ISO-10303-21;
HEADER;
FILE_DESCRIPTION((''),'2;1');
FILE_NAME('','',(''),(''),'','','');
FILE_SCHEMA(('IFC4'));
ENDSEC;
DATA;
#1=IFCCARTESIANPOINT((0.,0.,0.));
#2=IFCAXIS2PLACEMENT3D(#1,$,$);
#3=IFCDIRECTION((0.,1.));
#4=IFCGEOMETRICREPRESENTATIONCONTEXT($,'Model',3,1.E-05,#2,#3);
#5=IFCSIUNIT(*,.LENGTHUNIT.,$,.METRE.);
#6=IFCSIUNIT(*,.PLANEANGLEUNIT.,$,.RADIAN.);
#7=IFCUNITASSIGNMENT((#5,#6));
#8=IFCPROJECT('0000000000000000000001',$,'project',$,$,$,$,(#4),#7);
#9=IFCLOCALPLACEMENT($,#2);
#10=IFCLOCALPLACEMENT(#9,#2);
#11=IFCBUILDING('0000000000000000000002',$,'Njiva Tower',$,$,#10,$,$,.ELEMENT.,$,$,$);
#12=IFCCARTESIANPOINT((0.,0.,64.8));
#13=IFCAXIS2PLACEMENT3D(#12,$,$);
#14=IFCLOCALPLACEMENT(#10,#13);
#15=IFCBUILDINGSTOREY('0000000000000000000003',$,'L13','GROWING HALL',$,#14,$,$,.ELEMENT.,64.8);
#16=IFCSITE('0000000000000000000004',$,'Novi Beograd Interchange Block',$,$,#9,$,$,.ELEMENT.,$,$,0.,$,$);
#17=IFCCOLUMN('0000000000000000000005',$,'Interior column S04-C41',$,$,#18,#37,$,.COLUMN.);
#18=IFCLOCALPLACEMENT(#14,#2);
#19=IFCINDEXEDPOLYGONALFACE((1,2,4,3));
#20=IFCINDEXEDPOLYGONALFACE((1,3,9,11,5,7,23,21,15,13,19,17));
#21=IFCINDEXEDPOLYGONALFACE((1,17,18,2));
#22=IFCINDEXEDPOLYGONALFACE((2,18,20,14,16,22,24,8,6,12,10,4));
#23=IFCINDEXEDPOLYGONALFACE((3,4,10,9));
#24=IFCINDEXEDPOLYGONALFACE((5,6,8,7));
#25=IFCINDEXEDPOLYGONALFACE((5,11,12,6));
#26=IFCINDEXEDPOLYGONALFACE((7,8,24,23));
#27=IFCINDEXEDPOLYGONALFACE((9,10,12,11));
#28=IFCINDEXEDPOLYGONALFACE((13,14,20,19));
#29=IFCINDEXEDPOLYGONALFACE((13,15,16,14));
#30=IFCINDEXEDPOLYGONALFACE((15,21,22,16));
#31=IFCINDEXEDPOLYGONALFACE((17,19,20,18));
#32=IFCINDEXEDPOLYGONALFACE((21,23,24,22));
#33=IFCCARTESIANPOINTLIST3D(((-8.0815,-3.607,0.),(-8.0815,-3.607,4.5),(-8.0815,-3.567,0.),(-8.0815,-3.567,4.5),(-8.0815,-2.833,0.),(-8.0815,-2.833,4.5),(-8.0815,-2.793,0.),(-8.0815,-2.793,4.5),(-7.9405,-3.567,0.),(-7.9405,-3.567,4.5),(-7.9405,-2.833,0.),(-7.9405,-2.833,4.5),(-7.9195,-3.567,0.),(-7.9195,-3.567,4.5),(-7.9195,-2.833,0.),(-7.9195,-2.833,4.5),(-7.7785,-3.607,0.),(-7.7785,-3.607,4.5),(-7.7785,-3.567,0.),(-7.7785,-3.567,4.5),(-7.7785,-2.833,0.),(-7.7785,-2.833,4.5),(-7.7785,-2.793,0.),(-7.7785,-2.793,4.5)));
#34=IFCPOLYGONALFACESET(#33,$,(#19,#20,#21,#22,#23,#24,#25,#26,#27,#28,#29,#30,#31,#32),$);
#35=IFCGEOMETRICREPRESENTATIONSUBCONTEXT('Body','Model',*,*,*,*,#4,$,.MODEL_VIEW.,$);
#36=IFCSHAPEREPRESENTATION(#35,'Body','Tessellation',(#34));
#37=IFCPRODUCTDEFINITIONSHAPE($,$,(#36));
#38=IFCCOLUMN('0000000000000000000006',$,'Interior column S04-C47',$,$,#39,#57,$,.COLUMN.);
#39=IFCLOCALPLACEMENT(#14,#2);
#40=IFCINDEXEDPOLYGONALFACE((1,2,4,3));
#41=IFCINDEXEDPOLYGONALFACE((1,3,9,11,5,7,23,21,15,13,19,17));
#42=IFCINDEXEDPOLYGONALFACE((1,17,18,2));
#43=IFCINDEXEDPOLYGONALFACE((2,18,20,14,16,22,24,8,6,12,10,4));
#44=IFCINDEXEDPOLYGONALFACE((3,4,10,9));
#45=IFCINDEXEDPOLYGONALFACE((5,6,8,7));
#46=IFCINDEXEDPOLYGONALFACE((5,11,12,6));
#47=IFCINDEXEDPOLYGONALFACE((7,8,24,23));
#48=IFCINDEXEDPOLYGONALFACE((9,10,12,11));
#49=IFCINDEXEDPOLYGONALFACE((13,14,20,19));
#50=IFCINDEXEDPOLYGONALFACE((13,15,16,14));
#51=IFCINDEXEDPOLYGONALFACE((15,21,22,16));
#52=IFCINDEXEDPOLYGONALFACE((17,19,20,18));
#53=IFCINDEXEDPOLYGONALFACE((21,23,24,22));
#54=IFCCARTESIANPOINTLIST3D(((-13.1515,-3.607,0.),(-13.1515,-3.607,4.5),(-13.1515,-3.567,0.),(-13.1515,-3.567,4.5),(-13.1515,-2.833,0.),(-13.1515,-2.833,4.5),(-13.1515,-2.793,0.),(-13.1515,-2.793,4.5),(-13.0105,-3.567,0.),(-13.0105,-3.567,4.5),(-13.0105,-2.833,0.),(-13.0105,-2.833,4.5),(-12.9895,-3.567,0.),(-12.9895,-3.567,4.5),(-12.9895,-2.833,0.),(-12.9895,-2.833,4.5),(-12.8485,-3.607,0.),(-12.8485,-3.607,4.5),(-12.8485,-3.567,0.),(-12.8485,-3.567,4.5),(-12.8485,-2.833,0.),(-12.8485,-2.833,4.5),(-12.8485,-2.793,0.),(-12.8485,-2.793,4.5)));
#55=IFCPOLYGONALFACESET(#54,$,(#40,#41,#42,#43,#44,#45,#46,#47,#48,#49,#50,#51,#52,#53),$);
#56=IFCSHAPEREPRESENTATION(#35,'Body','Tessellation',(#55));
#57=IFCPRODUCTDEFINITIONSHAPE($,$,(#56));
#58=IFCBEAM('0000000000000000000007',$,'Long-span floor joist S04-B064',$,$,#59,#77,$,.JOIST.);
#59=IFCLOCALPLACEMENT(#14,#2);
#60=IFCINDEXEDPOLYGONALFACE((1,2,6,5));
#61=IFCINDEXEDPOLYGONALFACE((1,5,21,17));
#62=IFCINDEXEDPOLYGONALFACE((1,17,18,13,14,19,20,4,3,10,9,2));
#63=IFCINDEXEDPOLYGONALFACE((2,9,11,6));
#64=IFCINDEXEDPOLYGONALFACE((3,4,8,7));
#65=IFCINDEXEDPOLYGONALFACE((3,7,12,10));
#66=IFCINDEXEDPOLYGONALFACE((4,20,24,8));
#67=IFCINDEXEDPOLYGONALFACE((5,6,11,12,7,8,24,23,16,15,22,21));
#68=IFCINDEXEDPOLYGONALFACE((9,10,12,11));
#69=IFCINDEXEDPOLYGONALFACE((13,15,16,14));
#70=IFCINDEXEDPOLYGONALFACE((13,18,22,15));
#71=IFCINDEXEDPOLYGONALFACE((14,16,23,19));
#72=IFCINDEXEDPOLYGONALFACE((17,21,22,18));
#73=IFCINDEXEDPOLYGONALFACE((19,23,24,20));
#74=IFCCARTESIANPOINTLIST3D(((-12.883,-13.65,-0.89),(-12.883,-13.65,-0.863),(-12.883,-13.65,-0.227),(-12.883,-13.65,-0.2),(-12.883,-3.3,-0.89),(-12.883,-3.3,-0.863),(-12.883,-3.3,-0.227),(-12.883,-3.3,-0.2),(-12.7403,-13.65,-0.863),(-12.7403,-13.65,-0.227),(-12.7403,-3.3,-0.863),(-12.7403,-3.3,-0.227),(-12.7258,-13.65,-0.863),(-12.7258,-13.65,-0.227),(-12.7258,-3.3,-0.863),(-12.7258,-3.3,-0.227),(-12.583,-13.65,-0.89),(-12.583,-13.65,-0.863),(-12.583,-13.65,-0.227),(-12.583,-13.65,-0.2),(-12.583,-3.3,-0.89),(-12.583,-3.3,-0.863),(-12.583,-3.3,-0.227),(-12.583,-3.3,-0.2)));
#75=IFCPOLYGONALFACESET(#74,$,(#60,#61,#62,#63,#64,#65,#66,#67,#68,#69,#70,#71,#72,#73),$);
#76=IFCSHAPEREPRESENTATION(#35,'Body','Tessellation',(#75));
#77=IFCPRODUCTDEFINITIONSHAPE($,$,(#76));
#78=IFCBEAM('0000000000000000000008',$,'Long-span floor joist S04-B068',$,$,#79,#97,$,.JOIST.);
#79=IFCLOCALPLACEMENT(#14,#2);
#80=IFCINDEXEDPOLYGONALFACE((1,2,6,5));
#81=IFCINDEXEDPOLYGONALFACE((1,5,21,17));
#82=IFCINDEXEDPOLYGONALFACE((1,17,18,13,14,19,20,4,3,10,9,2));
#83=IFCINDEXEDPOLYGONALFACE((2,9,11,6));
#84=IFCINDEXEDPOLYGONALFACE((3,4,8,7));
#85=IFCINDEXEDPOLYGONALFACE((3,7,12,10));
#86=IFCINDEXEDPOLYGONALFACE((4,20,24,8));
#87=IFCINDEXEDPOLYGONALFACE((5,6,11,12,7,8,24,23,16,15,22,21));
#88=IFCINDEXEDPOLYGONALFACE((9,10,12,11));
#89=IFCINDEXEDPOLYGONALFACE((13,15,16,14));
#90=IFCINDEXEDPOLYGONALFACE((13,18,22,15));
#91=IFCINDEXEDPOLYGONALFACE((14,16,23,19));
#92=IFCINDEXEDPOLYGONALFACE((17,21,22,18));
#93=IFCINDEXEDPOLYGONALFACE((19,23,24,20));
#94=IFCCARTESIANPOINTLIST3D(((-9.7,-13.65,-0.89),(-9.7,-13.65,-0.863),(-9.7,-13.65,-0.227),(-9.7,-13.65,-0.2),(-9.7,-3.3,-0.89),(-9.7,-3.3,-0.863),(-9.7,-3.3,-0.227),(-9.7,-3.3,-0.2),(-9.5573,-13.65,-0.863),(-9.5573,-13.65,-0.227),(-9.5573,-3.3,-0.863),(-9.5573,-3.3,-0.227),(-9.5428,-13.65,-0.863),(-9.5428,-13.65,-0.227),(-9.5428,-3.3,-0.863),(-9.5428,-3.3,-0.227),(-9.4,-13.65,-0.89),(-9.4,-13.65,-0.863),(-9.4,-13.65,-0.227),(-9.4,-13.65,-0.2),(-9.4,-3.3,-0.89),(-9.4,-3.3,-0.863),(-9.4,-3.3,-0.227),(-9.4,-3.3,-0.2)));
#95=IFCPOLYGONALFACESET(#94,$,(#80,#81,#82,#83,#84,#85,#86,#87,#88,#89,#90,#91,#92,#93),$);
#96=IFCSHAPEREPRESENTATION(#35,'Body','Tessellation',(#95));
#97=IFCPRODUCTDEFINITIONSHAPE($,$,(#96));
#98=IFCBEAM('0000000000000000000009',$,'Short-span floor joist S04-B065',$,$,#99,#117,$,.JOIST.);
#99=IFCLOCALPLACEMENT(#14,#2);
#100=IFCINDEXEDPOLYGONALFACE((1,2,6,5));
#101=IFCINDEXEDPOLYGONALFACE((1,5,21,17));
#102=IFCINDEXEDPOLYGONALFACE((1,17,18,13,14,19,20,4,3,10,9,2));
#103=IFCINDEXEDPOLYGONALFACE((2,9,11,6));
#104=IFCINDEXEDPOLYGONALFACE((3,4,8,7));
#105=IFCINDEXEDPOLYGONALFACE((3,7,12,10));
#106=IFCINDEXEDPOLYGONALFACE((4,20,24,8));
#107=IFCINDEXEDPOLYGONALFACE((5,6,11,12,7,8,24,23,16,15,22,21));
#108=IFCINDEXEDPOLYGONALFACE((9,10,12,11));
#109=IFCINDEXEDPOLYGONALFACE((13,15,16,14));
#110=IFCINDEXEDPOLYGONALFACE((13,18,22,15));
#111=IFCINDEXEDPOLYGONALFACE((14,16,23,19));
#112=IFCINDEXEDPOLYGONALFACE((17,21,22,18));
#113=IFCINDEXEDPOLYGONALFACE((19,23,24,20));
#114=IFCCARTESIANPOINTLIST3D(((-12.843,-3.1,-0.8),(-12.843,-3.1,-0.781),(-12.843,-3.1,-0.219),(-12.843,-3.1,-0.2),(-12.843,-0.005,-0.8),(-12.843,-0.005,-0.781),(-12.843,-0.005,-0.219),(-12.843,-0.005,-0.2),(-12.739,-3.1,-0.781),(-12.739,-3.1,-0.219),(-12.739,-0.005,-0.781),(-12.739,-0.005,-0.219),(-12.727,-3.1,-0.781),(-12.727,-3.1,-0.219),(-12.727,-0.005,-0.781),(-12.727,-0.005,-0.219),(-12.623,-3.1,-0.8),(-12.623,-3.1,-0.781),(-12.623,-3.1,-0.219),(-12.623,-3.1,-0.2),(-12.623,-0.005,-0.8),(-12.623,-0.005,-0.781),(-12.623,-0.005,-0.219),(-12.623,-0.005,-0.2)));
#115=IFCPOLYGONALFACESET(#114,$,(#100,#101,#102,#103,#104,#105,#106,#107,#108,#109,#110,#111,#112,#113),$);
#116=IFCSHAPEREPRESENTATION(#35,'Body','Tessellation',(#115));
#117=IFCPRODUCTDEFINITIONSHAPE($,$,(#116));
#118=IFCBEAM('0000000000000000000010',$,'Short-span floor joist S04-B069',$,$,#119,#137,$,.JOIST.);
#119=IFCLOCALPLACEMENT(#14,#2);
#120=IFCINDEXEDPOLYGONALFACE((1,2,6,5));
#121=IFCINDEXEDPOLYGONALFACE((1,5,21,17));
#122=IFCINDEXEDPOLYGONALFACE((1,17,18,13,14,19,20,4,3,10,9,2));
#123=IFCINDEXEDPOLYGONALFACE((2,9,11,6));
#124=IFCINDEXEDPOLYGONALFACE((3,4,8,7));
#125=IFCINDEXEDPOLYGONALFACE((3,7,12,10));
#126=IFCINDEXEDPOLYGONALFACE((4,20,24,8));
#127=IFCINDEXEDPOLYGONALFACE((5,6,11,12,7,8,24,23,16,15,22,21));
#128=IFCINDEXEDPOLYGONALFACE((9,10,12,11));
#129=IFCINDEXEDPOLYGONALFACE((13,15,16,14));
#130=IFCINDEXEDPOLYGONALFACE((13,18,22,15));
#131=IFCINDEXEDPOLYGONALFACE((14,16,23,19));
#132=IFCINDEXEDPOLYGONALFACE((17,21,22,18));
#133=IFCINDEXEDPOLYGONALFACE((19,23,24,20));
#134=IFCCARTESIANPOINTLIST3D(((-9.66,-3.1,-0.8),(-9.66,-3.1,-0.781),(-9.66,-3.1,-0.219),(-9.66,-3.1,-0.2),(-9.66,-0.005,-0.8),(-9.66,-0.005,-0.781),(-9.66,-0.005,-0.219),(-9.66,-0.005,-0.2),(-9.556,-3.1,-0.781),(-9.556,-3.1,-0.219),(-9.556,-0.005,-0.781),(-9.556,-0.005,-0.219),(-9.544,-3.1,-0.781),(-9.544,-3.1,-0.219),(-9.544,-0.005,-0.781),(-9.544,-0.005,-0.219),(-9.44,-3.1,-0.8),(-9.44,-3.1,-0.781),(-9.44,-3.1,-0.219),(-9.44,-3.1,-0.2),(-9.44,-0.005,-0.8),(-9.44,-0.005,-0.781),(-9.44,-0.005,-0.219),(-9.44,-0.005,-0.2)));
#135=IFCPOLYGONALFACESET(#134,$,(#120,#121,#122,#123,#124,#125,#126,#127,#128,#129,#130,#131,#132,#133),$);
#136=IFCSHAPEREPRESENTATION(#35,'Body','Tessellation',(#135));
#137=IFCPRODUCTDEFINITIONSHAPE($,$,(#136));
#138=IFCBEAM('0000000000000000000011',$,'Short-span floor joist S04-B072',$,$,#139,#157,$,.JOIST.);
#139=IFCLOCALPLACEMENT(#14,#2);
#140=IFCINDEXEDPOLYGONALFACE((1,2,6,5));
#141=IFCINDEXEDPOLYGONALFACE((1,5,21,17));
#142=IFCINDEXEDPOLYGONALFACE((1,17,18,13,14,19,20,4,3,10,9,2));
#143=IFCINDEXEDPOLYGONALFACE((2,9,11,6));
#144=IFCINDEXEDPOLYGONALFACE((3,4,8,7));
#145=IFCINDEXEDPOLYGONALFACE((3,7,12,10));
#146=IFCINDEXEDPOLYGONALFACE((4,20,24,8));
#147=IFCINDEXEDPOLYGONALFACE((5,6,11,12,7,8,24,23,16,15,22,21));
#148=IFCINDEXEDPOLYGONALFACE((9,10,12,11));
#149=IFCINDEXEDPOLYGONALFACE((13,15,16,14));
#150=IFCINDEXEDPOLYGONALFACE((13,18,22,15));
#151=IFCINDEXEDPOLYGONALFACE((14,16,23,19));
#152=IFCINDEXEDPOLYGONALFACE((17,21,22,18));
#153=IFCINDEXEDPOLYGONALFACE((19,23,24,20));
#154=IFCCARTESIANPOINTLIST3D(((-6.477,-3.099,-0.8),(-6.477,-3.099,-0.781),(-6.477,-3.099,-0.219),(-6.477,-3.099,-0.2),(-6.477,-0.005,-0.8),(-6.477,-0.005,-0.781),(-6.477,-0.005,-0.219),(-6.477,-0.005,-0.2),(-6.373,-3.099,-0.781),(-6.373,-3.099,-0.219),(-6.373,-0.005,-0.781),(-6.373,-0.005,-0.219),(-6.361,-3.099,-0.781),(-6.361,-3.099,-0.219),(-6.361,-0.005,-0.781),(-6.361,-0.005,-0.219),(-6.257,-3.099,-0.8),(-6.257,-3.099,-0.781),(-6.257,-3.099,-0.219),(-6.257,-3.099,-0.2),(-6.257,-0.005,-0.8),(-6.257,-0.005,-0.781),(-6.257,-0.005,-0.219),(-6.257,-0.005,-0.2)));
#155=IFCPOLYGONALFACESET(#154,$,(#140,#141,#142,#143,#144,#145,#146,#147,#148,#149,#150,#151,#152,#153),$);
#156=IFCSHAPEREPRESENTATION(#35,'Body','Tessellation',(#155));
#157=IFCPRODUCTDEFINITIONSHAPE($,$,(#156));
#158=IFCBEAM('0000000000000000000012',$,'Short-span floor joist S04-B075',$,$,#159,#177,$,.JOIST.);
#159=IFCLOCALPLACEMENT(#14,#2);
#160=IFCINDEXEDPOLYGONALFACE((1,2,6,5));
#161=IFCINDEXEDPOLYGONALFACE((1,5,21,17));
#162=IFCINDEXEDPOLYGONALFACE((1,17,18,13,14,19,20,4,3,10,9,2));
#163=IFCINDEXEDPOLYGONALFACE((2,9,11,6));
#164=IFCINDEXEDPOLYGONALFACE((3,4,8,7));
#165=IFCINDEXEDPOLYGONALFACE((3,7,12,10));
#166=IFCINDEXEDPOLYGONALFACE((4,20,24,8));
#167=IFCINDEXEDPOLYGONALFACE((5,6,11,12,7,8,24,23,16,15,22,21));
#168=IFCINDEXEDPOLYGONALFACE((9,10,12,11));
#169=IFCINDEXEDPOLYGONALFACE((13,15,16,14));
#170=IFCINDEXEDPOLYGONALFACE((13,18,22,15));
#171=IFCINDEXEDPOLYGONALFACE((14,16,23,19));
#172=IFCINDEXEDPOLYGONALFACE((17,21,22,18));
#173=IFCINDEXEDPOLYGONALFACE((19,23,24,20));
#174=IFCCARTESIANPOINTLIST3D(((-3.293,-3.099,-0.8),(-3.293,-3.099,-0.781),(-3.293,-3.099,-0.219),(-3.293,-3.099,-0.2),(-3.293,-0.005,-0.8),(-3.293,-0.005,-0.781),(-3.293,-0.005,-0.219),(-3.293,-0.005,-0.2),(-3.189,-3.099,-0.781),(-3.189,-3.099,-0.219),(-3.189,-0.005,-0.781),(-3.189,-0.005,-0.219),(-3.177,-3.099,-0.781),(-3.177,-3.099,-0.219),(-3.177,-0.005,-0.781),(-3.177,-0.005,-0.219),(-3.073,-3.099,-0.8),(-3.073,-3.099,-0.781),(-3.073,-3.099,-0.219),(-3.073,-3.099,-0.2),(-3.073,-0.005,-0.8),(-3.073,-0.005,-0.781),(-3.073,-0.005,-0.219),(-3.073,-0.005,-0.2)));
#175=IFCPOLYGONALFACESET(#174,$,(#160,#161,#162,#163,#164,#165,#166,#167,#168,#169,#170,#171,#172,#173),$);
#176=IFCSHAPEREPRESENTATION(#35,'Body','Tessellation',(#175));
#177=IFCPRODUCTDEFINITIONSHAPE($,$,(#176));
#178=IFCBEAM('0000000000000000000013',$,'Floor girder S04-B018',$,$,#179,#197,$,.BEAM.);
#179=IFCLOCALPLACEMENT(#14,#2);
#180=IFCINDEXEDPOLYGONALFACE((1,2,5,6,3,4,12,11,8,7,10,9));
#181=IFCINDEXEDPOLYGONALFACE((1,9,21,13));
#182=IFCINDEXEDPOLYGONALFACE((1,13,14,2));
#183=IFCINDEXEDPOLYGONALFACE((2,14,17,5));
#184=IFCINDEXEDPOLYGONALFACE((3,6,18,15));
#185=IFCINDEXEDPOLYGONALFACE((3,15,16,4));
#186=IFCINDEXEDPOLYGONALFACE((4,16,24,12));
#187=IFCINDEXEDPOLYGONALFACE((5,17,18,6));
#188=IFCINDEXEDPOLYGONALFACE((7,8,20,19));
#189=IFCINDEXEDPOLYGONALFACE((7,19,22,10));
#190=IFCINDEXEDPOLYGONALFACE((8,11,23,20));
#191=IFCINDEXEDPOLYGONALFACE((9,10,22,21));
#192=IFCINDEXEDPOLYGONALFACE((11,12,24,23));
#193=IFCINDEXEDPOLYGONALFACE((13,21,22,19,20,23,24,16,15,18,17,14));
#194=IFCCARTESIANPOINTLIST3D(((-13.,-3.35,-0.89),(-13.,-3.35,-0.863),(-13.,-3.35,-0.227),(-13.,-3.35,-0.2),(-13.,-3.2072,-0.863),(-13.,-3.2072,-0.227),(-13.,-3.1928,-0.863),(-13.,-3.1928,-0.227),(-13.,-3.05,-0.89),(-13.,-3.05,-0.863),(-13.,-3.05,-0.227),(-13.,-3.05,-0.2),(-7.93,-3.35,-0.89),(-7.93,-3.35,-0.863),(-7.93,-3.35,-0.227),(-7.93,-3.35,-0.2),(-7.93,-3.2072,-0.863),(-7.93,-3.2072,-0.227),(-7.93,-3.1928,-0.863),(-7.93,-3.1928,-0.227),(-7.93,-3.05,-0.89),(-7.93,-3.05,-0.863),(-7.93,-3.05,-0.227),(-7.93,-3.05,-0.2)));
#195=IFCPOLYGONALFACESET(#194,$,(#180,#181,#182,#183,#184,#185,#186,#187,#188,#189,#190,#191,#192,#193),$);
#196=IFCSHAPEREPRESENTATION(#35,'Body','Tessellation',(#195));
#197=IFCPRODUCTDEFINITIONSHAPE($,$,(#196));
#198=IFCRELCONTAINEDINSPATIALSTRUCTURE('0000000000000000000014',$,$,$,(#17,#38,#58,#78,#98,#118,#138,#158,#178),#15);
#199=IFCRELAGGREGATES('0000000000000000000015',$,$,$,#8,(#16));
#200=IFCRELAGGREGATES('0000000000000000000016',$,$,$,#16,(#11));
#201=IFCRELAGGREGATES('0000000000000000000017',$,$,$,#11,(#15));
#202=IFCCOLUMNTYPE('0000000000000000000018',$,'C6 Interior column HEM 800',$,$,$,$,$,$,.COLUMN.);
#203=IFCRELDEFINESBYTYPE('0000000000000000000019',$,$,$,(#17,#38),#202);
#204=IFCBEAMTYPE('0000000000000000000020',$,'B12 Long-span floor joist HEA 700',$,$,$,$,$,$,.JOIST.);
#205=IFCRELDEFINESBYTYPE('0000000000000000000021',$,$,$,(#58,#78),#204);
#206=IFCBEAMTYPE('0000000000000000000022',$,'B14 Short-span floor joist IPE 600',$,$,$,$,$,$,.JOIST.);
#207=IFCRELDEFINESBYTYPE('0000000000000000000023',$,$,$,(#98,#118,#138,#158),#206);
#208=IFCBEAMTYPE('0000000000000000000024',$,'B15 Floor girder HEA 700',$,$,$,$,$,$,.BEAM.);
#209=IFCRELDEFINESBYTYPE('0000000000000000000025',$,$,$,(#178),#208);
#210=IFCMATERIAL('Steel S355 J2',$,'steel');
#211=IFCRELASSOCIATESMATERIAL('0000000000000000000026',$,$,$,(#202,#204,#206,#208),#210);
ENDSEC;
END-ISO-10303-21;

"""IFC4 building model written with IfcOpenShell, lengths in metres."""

from ifc_helpers import new_model, si_unit, direction, frame, origin, origin_2d, place, context, subcontext, project, spatial, i_section, extrude, material, material_profile, profile_set, type_object, element, save


model = new_model("IFC4")

# Units and contexts
model_context = context("Model", 3, precision=1e-05, world=origin(), true_north=direction((0.0, 1.0)))
body_context = subcontext(model_context, "Body", "Model", "MODEL_VIEW")
ifc_project = project(units=[si_unit("LENGTHUNIT", "METRE"), si_unit("PLANEANGLEUNIT", "RADIAN")], contexts=[model_context])

# Site, building, storey
site_placement = place(None, origin())
site = spatial("IfcSite", under=ifc_project, at=site_placement, Name="Novi Beograd Interchange Block", CompositionType="ELEMENT", RefElevation=0.0)
building_placement = place(site_placement, origin())
building = spatial("IfcBuilding", under=site, at=building_placement, Name="Njiva Tower", CompositionType="ELEMENT")
storey_placement = place(building_placement, frame((0.0, 0.0, 64.8)))
storey = spatial("IfcBuildingStorey", under=building, at=storey_placement, Name="L13", Description="GROWING HALL", CompositionType="ELEMENT", Elevation=64.8)

# Columns
ifc_material_1 = material(Name="Steel S355 J2", Category="steel")
ifc_material_profile_1 = material_profile(ifc_material_1, i_section(OverallWidth=0.303, OverallDepth=0.814, WebThickness=0.021, FlangeThickness=0.04, at=origin_2d()), Name="HEM 800")
ifc_profile_set_1 = profile_set([ifc_material_profile_1], Name="Steel S355 J2")
column_type = type_object("IfcColumnType", Name="C6 Interior column HEM 800", PredefinedType="COLUMN", material=ifc_profile_set_1)
for number, where, z_axis, x_axis, name in (
    (1, (-7.93, -3.2, 0.0), (0.0, 0.0, 1.0), (1.0, 0.0, 0.0), "Interior column S04-C41"),
    (2, (-13.0, -3.2, 0.0), (0.0, 0.0, 1.0), (1.0, 0.0, 0.0), "Interior column S04-C47"),
):
    element("IfcColumn", number, at=place(storey_placement, frame(where, z_axis=z_axis, x_axis=x_axis)), inside=storey, type_object=column_type, Name=name, PredefinedType="COLUMN", context=body_context, shape_type="SweptSolid", body=[
        extrude(i_section(OverallWidth=0.303, OverallDepth=0.814, WebThickness=0.021, FlangeThickness=0.04, at=origin_2d()), origin(), (0.0, 0.0, 1.0), 4.5),
    ])

# Beams
ifc_material_profile_2 = material_profile(ifc_material_1, i_section(OverallWidth=0.3, OverallDepth=0.69, WebThickness=0.0145, FlangeThickness=0.027, at=origin_2d()), Name="HEA 700")
ifc_profile_set_2 = profile_set([ifc_material_profile_2], Name="Steel S355 J2")
beam_type_1 = type_object("IfcBeamType", Name="B12 Long-span floor joist HEA 700", PredefinedType="JOIST", material=ifc_profile_set_2)
for number, where, z_axis, x_axis, name in (
    (3, (-12.733, -3.3, -0.545), (0.0, -1.0, 0.0), (1.0, 0.0, 0.0), "Long-span floor joist S04-B064"),
    (4, (-9.55, -3.3, -0.545), (0.0, -1.0, 0.0), (1.0, 0.0, 0.0), "Long-span floor joist S04-B068"),
):
    element("IfcBeam", number, at=place(storey_placement, frame(where, z_axis=z_axis, x_axis=x_axis)), inside=storey, type_object=beam_type_1, Name=name, PredefinedType="JOIST", context=body_context, shape_type="SweptSolid", body=[
        extrude(i_section(OverallWidth=0.3, OverallDepth=0.69, WebThickness=0.0145, FlangeThickness=0.027, at=origin_2d()), origin(), (0.0, 0.0, 1.0), 10.35),
    ])
ifc_material_profile_3 = material_profile(ifc_material_1, i_section(OverallWidth=0.22, OverallDepth=0.6, WebThickness=0.012, FlangeThickness=0.019, at=origin_2d()), Name="IPE 600")
ifc_profile_set_3 = profile_set([ifc_material_profile_3], Name="Steel S355 J2")
beam_type_2 = type_object("IfcBeamType", Name="B14 Short-span floor joist IPE 600", PredefinedType="JOIST", material=ifc_profile_set_3)
for number, where, z_axis, x_axis, name in (
    (5, (-12.733, -0.005, -0.5), (0.0, -1.0, 0.0), (1.0, 0.0, 0.0), "Short-span floor joist S04-B065"),
    (6, (-9.55, -0.005, -0.5), (0.0, -1.0, 0.0), (1.0, 0.0, 0.0), "Short-span floor joist S04-B069"),
):
    element("IfcBeam", number, at=place(storey_placement, frame(where, z_axis=z_axis, x_axis=x_axis)), inside=storey, type_object=beam_type_2, Name=name, PredefinedType="JOIST", context=body_context, shape_type="SweptSolid", body=[
        extrude(i_section(OverallWidth=0.22, OverallDepth=0.6, WebThickness=0.012, FlangeThickness=0.019, at=origin_2d()), origin(), (0.0, 0.0, 1.0), 3.095),
    ])
for number, where, z_axis, x_axis, name in (
    (7, (-6.367, -0.005, -0.5), (0.0, -1.0, 0.0), (1.0, 0.0, 0.0), "Short-span floor joist S04-B072"),
    (8, (-3.183, -0.005, -0.5), (0.0, -1.0, 0.0), (1.0, 0.0, 0.0), "Short-span floor joist S04-B075"),
):
    element("IfcBeam", number, at=place(storey_placement, frame(where, z_axis=z_axis, x_axis=x_axis)), inside=storey, type_object=beam_type_2, Name=name, PredefinedType="JOIST", context=body_context, shape_type="SweptSolid", body=[
        extrude(i_section(OverallWidth=0.22, OverallDepth=0.6, WebThickness=0.012, FlangeThickness=0.019, at=origin_2d()), origin(), (0.0, 0.0, 1.0), 3.094),
    ])
ifc_material_profile_4 = material_profile(ifc_material_1, i_section(OverallWidth=0.3, OverallDepth=0.69, WebThickness=0.0145, FlangeThickness=0.027, at=origin_2d()), Name="HEA 700")
ifc_profile_set_4 = profile_set([ifc_material_profile_4], Name="Steel S355 J2")
beam_type_3 = type_object("IfcBeamType", Name="B15 Floor girder HEA 700", PredefinedType="BEAM", material=ifc_profile_set_4)
beam_1_placement = place(storey_placement, frame((-13.0, -3.2, -0.545), z_axis=(1.0, 0.0, 0.0), x_axis=(0.0, 1.0, 0.0)))
element("IfcBeam", 9, at=beam_1_placement, inside=storey, type_object=beam_type_3, Name="Floor girder S04-B018", PredefinedType="BEAM", context=body_context, shape_type="SweptSolid", body=[
    extrude(i_section(OverallWidth=0.3, OverallDepth=0.69, WebThickness=0.0145, FlangeThickness=0.027, at=origin_2d()), origin(), (0.0, 0.0, 1.0), 5.07),
])

save(model, "model.ifc")
